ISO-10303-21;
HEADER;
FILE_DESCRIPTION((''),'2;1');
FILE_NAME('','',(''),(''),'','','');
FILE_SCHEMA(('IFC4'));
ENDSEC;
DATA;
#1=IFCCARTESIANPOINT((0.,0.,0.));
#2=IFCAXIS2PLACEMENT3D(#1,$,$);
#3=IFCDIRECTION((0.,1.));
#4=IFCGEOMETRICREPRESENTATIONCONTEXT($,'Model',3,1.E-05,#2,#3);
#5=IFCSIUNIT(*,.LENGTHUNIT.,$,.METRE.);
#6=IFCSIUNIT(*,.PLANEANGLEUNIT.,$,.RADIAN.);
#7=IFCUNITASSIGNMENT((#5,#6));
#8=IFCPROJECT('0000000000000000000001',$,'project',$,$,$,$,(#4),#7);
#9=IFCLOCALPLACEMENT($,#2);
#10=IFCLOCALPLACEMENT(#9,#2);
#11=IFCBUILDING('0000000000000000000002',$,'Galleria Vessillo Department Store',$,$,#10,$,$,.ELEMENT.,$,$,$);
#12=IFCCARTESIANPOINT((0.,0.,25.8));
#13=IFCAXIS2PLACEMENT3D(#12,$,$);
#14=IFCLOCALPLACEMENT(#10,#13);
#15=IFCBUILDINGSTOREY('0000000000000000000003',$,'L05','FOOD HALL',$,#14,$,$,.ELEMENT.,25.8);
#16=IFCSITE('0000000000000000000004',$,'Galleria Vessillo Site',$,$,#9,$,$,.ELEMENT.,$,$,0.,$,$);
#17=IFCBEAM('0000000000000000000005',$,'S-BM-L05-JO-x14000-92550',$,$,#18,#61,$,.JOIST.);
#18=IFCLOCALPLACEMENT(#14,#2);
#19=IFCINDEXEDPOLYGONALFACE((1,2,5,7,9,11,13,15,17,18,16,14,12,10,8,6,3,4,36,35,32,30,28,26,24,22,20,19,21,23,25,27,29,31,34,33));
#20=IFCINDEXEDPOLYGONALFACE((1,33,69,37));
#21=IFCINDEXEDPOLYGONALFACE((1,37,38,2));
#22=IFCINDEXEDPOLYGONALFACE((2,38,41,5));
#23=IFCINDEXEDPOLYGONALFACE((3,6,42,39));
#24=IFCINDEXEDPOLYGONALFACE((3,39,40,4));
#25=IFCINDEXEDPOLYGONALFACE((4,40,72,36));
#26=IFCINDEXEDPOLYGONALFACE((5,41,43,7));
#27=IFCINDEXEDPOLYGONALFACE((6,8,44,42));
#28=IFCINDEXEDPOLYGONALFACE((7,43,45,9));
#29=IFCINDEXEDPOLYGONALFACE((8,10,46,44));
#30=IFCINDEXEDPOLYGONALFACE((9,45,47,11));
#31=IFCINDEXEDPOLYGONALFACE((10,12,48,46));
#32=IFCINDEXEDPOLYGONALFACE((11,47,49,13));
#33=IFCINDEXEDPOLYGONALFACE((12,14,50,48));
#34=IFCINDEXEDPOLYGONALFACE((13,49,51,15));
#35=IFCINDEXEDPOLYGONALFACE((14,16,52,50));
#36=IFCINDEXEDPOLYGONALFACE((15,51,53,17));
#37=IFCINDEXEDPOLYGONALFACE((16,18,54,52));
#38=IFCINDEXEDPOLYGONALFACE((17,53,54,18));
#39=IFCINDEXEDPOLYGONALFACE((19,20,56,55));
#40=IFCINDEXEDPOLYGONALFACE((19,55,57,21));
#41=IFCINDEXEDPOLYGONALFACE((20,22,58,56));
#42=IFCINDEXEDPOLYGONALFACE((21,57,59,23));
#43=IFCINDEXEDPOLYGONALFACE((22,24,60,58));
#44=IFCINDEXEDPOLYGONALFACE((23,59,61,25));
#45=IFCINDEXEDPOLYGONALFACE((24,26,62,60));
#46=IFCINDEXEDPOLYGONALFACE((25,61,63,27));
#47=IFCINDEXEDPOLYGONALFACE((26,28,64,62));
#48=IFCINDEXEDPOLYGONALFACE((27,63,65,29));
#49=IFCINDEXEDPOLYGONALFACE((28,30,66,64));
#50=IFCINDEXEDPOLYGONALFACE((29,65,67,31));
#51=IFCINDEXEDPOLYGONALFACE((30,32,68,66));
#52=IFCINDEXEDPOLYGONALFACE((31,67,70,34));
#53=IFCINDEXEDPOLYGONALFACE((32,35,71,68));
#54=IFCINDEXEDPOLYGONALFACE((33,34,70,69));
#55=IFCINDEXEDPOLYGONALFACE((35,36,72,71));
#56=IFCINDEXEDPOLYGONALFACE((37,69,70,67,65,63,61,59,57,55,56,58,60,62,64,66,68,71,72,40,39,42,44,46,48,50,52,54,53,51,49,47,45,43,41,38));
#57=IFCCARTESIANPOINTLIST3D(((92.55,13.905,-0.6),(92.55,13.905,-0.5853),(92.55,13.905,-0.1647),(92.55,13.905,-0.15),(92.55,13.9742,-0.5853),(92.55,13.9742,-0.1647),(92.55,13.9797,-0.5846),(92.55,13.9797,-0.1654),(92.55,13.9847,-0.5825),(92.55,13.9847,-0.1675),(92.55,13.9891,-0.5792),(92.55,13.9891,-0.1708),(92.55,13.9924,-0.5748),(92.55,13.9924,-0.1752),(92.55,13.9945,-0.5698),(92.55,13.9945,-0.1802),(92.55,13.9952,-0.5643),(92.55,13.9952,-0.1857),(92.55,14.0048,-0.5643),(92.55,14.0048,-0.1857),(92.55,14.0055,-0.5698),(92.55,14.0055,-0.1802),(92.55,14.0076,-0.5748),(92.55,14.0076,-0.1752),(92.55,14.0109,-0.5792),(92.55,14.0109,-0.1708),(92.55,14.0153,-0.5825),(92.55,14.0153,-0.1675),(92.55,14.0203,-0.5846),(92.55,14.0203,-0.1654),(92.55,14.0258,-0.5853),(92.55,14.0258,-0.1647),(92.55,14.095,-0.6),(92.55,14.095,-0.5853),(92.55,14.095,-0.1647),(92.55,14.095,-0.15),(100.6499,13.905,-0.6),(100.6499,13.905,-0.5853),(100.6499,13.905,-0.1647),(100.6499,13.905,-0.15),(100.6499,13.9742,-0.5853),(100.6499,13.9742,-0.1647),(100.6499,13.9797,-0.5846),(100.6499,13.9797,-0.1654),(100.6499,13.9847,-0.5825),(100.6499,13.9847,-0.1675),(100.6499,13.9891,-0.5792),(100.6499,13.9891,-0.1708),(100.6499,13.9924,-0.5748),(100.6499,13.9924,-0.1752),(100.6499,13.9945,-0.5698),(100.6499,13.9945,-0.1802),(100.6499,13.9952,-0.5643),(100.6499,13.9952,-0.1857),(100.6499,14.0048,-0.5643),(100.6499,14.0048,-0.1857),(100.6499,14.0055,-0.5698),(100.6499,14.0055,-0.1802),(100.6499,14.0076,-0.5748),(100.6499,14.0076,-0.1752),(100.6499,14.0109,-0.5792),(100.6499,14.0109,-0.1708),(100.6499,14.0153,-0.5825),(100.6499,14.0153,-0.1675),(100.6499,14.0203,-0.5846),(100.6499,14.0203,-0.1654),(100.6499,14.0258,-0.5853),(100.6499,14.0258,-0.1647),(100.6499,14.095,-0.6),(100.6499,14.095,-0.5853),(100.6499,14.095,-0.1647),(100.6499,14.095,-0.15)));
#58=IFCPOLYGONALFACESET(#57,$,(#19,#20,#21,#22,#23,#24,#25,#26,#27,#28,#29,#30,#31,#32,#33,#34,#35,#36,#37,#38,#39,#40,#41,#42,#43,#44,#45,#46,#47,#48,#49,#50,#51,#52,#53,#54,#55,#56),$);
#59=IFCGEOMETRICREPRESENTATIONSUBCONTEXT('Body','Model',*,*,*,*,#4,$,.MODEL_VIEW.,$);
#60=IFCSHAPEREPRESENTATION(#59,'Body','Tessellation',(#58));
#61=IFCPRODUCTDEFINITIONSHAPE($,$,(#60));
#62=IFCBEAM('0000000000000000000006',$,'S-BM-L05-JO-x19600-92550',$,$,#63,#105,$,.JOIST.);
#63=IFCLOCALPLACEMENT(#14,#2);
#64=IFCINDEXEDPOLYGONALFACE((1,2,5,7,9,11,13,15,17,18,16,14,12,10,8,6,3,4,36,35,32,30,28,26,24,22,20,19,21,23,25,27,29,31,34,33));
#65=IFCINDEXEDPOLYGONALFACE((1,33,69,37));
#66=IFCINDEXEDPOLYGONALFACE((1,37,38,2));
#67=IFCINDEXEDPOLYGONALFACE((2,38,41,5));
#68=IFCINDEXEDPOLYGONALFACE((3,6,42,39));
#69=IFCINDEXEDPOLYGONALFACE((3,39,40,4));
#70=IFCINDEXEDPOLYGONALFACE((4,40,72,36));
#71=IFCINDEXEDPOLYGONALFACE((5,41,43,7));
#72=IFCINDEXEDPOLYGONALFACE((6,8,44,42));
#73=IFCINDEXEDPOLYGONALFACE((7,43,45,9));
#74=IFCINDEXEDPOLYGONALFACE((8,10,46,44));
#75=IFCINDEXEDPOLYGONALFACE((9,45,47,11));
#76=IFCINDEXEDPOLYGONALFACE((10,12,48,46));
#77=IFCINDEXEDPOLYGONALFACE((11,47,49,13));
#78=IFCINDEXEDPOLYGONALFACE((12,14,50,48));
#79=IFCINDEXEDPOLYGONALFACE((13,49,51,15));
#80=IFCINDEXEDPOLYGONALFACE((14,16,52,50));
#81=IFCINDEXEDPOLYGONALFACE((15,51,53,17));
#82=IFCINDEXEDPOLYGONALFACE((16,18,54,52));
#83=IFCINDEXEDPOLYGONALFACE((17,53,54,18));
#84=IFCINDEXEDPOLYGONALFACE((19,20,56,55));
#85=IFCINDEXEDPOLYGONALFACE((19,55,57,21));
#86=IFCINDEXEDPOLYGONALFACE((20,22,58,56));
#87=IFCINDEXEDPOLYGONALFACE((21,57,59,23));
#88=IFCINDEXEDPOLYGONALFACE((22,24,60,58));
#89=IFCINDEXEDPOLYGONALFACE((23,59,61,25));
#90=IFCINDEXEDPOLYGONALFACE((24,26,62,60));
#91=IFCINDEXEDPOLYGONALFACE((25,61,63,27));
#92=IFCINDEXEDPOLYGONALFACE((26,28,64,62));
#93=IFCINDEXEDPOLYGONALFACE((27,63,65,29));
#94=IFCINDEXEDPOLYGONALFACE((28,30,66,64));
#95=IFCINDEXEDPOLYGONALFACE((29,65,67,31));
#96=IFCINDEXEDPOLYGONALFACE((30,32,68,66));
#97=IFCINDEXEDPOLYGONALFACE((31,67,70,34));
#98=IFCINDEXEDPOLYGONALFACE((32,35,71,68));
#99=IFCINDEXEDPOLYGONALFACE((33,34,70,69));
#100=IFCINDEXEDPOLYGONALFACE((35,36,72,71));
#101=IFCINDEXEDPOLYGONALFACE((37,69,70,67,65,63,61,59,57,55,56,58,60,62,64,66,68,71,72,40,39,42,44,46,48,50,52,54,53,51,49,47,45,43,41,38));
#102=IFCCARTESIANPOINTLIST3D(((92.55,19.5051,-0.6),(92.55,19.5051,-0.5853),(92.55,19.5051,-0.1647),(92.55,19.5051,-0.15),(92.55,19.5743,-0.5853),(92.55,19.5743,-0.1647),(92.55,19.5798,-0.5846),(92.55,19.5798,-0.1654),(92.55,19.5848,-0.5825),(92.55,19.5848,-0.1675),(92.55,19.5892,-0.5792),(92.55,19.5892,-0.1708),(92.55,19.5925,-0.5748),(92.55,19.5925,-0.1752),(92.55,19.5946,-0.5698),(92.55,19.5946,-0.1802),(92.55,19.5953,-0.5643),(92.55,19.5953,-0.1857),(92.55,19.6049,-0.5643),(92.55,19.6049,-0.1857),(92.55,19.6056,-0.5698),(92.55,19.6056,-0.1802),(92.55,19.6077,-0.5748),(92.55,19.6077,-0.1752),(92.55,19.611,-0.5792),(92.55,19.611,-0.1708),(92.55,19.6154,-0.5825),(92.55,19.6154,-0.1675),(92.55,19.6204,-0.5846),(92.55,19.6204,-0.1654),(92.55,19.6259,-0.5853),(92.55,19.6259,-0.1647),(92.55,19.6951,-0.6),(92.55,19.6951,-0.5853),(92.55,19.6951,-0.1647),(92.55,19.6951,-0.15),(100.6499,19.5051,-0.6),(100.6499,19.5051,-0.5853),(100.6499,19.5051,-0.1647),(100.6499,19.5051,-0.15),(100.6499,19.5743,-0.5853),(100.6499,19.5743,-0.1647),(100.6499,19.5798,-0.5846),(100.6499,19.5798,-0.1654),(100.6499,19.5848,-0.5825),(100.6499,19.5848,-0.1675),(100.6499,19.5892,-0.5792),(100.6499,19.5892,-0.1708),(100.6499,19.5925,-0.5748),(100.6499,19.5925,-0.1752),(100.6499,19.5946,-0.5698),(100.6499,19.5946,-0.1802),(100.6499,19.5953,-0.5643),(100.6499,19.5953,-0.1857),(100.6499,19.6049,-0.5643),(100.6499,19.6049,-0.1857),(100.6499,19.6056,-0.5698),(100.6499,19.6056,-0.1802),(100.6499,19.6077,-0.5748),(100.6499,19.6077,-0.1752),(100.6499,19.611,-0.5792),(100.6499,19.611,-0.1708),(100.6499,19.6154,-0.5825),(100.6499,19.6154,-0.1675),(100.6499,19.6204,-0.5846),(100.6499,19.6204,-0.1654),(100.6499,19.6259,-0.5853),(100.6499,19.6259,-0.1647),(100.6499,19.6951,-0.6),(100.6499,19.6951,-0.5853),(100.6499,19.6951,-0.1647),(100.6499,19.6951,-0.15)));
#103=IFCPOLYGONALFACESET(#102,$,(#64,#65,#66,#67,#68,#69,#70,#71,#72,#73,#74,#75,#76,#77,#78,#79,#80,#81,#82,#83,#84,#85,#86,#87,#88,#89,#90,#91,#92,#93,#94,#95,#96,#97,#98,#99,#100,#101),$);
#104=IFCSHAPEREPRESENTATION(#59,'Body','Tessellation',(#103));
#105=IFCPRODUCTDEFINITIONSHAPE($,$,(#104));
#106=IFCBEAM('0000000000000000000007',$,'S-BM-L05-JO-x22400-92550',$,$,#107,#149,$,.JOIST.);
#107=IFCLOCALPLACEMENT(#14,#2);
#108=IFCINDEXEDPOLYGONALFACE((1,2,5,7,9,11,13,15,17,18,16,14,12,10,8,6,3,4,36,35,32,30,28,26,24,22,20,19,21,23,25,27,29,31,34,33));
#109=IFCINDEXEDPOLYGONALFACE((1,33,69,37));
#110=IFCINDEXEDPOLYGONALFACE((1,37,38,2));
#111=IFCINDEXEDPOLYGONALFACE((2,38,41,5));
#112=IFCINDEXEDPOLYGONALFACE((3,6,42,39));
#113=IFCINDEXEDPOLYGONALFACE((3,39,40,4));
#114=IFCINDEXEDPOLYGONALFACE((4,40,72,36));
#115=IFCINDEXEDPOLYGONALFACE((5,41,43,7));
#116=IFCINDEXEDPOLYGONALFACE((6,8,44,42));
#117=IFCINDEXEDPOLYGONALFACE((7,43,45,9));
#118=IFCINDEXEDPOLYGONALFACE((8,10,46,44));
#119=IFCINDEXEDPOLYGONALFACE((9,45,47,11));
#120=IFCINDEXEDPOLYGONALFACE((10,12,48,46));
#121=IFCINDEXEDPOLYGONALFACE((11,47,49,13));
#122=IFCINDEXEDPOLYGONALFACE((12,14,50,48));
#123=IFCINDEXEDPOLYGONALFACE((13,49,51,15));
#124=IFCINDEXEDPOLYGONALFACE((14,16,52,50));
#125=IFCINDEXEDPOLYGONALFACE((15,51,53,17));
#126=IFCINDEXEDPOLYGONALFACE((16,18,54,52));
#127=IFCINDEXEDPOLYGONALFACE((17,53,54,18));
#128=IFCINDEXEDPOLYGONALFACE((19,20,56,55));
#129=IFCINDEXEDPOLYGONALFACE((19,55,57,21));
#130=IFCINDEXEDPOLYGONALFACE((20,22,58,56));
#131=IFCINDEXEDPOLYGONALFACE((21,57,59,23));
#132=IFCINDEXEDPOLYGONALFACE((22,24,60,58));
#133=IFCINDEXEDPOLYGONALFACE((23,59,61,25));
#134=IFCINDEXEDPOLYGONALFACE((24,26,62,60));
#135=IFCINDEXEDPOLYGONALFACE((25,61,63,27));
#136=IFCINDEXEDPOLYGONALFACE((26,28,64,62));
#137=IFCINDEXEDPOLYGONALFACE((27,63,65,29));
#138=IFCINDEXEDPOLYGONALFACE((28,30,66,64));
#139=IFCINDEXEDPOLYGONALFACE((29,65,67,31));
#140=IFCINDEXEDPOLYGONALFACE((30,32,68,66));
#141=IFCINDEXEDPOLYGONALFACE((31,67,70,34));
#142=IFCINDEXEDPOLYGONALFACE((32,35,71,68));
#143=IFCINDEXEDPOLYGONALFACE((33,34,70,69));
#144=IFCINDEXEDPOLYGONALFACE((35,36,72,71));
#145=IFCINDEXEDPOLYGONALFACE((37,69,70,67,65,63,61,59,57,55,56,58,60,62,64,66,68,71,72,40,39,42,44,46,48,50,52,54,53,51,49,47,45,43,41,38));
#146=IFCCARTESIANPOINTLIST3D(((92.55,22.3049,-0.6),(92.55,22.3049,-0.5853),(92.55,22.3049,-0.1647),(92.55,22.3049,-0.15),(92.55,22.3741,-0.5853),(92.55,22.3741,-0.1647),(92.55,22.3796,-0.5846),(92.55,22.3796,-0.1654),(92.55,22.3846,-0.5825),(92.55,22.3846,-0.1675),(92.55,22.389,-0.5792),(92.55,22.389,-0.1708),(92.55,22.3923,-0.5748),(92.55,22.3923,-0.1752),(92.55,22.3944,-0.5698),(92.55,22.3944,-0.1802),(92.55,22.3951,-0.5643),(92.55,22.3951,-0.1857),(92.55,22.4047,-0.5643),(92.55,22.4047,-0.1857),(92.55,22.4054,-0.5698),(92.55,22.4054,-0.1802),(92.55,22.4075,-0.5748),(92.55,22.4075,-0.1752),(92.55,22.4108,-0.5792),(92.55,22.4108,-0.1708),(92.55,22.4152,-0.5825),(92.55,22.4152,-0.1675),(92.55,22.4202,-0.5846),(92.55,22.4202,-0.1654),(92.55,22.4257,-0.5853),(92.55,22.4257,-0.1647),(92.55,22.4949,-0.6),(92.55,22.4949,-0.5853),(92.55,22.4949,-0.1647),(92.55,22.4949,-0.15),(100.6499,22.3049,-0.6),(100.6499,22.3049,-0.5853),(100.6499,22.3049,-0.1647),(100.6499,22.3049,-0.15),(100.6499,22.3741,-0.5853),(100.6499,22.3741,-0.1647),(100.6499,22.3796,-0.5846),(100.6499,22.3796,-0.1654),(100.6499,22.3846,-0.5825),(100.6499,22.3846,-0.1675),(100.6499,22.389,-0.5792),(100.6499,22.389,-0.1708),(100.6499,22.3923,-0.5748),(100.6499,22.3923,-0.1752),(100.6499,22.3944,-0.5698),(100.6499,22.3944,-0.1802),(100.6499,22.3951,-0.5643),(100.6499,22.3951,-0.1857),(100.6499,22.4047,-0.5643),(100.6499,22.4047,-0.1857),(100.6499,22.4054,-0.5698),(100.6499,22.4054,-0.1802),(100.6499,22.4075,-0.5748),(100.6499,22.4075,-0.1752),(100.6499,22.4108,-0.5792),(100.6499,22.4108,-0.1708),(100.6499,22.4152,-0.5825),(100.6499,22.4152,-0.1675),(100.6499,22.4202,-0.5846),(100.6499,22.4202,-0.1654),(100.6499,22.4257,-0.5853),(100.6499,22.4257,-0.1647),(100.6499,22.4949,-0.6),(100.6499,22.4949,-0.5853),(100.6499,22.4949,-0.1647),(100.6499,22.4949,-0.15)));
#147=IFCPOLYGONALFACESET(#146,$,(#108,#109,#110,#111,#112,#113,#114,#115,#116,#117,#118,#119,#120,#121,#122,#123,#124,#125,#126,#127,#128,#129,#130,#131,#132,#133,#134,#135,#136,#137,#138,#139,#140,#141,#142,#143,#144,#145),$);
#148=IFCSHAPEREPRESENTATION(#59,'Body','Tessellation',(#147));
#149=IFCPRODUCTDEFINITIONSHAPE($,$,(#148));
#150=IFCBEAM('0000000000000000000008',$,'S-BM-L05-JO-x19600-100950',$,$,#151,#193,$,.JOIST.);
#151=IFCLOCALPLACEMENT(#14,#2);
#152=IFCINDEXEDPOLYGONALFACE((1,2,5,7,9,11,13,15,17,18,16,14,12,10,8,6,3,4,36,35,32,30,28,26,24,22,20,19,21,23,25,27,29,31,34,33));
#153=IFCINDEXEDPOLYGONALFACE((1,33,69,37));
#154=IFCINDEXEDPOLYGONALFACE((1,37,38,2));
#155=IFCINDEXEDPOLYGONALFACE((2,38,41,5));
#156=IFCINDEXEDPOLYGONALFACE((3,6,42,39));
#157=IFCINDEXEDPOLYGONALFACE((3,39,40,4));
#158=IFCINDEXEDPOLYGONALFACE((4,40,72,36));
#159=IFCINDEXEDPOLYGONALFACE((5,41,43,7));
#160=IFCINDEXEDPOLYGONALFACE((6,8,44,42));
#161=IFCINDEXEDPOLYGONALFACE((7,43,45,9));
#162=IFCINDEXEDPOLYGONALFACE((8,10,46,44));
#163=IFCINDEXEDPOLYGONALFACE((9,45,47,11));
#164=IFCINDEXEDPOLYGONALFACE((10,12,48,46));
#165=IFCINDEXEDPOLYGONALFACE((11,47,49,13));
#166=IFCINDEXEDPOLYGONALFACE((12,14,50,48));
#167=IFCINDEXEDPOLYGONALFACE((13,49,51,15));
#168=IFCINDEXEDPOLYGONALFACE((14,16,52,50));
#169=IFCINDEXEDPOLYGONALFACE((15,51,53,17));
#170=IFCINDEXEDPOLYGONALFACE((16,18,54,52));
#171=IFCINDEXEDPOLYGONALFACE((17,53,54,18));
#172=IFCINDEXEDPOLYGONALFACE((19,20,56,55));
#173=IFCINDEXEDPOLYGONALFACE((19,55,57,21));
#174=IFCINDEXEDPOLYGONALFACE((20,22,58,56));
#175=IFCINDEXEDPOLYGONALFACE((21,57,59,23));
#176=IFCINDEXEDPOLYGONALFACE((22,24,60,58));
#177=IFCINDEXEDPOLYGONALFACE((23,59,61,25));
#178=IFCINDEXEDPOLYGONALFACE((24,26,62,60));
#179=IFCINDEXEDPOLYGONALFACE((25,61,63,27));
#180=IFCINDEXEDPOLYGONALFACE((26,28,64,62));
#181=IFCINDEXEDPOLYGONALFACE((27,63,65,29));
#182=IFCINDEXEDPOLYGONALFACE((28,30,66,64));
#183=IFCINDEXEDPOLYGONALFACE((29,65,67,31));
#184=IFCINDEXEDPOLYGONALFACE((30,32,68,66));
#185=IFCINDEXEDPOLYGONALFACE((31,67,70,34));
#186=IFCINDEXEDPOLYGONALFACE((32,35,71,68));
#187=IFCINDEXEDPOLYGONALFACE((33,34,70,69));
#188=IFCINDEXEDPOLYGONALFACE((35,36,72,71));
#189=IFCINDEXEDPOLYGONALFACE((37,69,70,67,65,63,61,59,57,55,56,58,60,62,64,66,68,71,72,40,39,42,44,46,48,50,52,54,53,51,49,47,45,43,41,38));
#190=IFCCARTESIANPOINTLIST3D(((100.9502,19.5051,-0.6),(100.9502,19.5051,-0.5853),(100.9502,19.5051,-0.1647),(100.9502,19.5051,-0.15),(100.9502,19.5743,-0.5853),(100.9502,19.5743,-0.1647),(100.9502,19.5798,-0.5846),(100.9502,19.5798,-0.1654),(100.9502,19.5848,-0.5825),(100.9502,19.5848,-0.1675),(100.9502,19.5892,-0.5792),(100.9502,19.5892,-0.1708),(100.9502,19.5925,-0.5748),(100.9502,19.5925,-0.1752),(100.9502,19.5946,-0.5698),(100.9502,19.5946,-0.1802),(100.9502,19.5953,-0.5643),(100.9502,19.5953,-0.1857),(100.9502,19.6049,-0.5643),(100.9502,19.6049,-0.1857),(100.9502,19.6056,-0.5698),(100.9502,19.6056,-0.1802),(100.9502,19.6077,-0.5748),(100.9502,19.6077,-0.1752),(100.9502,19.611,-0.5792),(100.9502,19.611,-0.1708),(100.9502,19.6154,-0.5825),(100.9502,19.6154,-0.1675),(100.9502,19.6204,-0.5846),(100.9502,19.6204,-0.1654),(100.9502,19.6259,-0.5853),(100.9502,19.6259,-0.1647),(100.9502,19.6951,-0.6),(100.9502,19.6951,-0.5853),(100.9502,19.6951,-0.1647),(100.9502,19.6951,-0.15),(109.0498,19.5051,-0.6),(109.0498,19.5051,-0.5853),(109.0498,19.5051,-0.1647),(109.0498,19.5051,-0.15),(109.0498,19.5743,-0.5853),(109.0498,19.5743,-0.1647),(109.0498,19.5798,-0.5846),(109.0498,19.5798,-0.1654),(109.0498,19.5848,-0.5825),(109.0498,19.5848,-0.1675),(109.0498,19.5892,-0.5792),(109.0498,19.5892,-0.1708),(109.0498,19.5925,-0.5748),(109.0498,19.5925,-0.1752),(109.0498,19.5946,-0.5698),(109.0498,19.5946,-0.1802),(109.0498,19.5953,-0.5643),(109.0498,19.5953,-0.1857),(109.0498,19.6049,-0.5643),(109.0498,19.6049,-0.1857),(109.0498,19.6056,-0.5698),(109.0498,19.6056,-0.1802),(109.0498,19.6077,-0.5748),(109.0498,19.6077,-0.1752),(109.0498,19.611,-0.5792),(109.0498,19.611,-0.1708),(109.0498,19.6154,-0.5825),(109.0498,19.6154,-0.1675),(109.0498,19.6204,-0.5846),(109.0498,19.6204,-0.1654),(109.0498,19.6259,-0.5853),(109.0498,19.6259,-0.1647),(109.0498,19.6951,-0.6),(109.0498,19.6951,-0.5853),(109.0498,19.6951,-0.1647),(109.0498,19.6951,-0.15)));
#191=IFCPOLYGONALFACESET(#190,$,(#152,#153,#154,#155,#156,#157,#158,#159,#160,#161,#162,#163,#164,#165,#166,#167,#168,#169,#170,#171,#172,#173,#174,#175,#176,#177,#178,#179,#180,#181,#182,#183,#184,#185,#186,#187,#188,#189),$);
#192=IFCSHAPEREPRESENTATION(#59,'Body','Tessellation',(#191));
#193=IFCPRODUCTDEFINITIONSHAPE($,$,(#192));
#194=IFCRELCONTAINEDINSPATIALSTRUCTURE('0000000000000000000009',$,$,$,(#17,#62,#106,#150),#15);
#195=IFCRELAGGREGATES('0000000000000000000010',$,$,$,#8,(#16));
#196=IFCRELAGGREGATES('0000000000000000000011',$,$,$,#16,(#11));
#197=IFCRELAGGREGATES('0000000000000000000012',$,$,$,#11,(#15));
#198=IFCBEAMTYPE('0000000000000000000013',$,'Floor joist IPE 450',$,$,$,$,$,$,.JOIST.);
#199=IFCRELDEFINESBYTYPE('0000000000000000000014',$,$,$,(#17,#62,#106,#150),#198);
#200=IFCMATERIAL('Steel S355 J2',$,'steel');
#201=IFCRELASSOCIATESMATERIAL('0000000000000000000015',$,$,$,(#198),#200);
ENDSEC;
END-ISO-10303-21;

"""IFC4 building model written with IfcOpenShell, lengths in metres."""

from ifc_helpers import new_model, si_unit, direction, frame, origin, origin_2d, place, context, subcontext, project, spatial, i_section, extrude, material, material_profile, profile_set, type_object, element, save


model = new_model("IFC4")

# Units and contexts
model_context = context("Model", 3, precision=1e-05, world=origin(), true_north=direction((0.0, 1.0)))
body_context = subcontext(model_context, "Body", "Model", "MODEL_VIEW")
ifc_project = project(units=[si_unit("LENGTHUNIT", "METRE"), si_unit("PLANEANGLEUNIT", "RADIAN")], contexts=[model_context])

# Site, building, storey
site_placement = place(None, origin())
site = spatial("IfcSite", under=ifc_project, at=site_placement, Name="Galleria Vessillo Site", CompositionType="ELEMENT", RefElevation=0.0)
building_placement = place(site_placement, origin())
building = spatial("IfcBuilding", under=site, at=building_placement, Name="Galleria Vessillo Department Store", CompositionType="ELEMENT")
storey_placement = place(building_placement, frame((0.0, 0.0, 25.8)))
storey = spatial("IfcBuildingStorey", under=building, at=storey_placement, Name="L05", Description="FOOD HALL", CompositionType="ELEMENT", Elevation=25.8)

# Beams
ifc_material_1 = material(Name="Steel S355 J2", Category="steel")
ifc_material_profile_1 = material_profile(ifc_material_1, i_section(OverallWidth=0.1899, OverallDepth=0.45, WebThickness=0.0095, FlangeThickness=0.0146, FilletRadius=0.021, at=origin_2d()), Name="IPE 450")
ifc_profile_set_1 = profile_set([ifc_material_profile_1], Name="Steel S355 J2")
beam_type_1 = type_object("IfcBeamType", Name="Floor joist IPE 450", PredefinedType="JOIST", material=ifc_profile_set_1)
for number, where, z_axis, x_axis, name in (
    (1, (92.55, 14.0, -0.375), (1.0, 0.0, 0.0), (0.0, 1.0, 0.0), "S-BM-L05-JO-x14000-92550"),
    (2, (92.55, 19.6001, -0.375), (1.0, 0.0, 0.0), (0.0, 1.0, 0.0), "S-BM-L05-JO-x19600-92550"),
    (3, (92.55, 22.3999, -0.375), (1.0, 0.0, 0.0), (0.0, 1.0, 0.0), "S-BM-L05-JO-x22400-92550"),
):
    element("IfcBeam", number, at=place(storey_placement, frame(where, z_axis=z_axis, x_axis=x_axis)), inside=storey, type_object=beam_type_1, Name=name, PredefinedType="JOIST", context=body_context, shape_type="SweptSolid", body=[
        extrude(i_section(OverallWidth=0.1899, OverallDepth=0.45, WebThickness=0.0095, FlangeThickness=0.0146, FilletRadius=0.021, at=origin_2d()), origin(), (0.0, 0.0, 1.0), 8.0999),
    ])
for number, where, z_axis, x_axis, name in (
    (4, (100.9502, 19.6001, -0.375), (1.0, 0.0, 0.0), (0.0, 1.0, 0.0), "S-BM-L05-JO-x19600-100950"),
):
    element("IfcBeam", number, at=place(storey_placement, frame(where, z_axis=z_axis, x_axis=x_axis)), inside=storey, type_object=beam_type_1, Name=name, PredefinedType="JOIST", context=body_context, shape_type="SweptSolid", body=[
        extrude(i_section(OverallWidth=0.1899, OverallDepth=0.45, WebThickness=0.0095, FlangeThickness=0.0146, FilletRadius=0.021, at=origin_2d()), origin(), (0.0, 0.0, 1.0), 8.0996),
    ])

save(model, "model.ifc")
